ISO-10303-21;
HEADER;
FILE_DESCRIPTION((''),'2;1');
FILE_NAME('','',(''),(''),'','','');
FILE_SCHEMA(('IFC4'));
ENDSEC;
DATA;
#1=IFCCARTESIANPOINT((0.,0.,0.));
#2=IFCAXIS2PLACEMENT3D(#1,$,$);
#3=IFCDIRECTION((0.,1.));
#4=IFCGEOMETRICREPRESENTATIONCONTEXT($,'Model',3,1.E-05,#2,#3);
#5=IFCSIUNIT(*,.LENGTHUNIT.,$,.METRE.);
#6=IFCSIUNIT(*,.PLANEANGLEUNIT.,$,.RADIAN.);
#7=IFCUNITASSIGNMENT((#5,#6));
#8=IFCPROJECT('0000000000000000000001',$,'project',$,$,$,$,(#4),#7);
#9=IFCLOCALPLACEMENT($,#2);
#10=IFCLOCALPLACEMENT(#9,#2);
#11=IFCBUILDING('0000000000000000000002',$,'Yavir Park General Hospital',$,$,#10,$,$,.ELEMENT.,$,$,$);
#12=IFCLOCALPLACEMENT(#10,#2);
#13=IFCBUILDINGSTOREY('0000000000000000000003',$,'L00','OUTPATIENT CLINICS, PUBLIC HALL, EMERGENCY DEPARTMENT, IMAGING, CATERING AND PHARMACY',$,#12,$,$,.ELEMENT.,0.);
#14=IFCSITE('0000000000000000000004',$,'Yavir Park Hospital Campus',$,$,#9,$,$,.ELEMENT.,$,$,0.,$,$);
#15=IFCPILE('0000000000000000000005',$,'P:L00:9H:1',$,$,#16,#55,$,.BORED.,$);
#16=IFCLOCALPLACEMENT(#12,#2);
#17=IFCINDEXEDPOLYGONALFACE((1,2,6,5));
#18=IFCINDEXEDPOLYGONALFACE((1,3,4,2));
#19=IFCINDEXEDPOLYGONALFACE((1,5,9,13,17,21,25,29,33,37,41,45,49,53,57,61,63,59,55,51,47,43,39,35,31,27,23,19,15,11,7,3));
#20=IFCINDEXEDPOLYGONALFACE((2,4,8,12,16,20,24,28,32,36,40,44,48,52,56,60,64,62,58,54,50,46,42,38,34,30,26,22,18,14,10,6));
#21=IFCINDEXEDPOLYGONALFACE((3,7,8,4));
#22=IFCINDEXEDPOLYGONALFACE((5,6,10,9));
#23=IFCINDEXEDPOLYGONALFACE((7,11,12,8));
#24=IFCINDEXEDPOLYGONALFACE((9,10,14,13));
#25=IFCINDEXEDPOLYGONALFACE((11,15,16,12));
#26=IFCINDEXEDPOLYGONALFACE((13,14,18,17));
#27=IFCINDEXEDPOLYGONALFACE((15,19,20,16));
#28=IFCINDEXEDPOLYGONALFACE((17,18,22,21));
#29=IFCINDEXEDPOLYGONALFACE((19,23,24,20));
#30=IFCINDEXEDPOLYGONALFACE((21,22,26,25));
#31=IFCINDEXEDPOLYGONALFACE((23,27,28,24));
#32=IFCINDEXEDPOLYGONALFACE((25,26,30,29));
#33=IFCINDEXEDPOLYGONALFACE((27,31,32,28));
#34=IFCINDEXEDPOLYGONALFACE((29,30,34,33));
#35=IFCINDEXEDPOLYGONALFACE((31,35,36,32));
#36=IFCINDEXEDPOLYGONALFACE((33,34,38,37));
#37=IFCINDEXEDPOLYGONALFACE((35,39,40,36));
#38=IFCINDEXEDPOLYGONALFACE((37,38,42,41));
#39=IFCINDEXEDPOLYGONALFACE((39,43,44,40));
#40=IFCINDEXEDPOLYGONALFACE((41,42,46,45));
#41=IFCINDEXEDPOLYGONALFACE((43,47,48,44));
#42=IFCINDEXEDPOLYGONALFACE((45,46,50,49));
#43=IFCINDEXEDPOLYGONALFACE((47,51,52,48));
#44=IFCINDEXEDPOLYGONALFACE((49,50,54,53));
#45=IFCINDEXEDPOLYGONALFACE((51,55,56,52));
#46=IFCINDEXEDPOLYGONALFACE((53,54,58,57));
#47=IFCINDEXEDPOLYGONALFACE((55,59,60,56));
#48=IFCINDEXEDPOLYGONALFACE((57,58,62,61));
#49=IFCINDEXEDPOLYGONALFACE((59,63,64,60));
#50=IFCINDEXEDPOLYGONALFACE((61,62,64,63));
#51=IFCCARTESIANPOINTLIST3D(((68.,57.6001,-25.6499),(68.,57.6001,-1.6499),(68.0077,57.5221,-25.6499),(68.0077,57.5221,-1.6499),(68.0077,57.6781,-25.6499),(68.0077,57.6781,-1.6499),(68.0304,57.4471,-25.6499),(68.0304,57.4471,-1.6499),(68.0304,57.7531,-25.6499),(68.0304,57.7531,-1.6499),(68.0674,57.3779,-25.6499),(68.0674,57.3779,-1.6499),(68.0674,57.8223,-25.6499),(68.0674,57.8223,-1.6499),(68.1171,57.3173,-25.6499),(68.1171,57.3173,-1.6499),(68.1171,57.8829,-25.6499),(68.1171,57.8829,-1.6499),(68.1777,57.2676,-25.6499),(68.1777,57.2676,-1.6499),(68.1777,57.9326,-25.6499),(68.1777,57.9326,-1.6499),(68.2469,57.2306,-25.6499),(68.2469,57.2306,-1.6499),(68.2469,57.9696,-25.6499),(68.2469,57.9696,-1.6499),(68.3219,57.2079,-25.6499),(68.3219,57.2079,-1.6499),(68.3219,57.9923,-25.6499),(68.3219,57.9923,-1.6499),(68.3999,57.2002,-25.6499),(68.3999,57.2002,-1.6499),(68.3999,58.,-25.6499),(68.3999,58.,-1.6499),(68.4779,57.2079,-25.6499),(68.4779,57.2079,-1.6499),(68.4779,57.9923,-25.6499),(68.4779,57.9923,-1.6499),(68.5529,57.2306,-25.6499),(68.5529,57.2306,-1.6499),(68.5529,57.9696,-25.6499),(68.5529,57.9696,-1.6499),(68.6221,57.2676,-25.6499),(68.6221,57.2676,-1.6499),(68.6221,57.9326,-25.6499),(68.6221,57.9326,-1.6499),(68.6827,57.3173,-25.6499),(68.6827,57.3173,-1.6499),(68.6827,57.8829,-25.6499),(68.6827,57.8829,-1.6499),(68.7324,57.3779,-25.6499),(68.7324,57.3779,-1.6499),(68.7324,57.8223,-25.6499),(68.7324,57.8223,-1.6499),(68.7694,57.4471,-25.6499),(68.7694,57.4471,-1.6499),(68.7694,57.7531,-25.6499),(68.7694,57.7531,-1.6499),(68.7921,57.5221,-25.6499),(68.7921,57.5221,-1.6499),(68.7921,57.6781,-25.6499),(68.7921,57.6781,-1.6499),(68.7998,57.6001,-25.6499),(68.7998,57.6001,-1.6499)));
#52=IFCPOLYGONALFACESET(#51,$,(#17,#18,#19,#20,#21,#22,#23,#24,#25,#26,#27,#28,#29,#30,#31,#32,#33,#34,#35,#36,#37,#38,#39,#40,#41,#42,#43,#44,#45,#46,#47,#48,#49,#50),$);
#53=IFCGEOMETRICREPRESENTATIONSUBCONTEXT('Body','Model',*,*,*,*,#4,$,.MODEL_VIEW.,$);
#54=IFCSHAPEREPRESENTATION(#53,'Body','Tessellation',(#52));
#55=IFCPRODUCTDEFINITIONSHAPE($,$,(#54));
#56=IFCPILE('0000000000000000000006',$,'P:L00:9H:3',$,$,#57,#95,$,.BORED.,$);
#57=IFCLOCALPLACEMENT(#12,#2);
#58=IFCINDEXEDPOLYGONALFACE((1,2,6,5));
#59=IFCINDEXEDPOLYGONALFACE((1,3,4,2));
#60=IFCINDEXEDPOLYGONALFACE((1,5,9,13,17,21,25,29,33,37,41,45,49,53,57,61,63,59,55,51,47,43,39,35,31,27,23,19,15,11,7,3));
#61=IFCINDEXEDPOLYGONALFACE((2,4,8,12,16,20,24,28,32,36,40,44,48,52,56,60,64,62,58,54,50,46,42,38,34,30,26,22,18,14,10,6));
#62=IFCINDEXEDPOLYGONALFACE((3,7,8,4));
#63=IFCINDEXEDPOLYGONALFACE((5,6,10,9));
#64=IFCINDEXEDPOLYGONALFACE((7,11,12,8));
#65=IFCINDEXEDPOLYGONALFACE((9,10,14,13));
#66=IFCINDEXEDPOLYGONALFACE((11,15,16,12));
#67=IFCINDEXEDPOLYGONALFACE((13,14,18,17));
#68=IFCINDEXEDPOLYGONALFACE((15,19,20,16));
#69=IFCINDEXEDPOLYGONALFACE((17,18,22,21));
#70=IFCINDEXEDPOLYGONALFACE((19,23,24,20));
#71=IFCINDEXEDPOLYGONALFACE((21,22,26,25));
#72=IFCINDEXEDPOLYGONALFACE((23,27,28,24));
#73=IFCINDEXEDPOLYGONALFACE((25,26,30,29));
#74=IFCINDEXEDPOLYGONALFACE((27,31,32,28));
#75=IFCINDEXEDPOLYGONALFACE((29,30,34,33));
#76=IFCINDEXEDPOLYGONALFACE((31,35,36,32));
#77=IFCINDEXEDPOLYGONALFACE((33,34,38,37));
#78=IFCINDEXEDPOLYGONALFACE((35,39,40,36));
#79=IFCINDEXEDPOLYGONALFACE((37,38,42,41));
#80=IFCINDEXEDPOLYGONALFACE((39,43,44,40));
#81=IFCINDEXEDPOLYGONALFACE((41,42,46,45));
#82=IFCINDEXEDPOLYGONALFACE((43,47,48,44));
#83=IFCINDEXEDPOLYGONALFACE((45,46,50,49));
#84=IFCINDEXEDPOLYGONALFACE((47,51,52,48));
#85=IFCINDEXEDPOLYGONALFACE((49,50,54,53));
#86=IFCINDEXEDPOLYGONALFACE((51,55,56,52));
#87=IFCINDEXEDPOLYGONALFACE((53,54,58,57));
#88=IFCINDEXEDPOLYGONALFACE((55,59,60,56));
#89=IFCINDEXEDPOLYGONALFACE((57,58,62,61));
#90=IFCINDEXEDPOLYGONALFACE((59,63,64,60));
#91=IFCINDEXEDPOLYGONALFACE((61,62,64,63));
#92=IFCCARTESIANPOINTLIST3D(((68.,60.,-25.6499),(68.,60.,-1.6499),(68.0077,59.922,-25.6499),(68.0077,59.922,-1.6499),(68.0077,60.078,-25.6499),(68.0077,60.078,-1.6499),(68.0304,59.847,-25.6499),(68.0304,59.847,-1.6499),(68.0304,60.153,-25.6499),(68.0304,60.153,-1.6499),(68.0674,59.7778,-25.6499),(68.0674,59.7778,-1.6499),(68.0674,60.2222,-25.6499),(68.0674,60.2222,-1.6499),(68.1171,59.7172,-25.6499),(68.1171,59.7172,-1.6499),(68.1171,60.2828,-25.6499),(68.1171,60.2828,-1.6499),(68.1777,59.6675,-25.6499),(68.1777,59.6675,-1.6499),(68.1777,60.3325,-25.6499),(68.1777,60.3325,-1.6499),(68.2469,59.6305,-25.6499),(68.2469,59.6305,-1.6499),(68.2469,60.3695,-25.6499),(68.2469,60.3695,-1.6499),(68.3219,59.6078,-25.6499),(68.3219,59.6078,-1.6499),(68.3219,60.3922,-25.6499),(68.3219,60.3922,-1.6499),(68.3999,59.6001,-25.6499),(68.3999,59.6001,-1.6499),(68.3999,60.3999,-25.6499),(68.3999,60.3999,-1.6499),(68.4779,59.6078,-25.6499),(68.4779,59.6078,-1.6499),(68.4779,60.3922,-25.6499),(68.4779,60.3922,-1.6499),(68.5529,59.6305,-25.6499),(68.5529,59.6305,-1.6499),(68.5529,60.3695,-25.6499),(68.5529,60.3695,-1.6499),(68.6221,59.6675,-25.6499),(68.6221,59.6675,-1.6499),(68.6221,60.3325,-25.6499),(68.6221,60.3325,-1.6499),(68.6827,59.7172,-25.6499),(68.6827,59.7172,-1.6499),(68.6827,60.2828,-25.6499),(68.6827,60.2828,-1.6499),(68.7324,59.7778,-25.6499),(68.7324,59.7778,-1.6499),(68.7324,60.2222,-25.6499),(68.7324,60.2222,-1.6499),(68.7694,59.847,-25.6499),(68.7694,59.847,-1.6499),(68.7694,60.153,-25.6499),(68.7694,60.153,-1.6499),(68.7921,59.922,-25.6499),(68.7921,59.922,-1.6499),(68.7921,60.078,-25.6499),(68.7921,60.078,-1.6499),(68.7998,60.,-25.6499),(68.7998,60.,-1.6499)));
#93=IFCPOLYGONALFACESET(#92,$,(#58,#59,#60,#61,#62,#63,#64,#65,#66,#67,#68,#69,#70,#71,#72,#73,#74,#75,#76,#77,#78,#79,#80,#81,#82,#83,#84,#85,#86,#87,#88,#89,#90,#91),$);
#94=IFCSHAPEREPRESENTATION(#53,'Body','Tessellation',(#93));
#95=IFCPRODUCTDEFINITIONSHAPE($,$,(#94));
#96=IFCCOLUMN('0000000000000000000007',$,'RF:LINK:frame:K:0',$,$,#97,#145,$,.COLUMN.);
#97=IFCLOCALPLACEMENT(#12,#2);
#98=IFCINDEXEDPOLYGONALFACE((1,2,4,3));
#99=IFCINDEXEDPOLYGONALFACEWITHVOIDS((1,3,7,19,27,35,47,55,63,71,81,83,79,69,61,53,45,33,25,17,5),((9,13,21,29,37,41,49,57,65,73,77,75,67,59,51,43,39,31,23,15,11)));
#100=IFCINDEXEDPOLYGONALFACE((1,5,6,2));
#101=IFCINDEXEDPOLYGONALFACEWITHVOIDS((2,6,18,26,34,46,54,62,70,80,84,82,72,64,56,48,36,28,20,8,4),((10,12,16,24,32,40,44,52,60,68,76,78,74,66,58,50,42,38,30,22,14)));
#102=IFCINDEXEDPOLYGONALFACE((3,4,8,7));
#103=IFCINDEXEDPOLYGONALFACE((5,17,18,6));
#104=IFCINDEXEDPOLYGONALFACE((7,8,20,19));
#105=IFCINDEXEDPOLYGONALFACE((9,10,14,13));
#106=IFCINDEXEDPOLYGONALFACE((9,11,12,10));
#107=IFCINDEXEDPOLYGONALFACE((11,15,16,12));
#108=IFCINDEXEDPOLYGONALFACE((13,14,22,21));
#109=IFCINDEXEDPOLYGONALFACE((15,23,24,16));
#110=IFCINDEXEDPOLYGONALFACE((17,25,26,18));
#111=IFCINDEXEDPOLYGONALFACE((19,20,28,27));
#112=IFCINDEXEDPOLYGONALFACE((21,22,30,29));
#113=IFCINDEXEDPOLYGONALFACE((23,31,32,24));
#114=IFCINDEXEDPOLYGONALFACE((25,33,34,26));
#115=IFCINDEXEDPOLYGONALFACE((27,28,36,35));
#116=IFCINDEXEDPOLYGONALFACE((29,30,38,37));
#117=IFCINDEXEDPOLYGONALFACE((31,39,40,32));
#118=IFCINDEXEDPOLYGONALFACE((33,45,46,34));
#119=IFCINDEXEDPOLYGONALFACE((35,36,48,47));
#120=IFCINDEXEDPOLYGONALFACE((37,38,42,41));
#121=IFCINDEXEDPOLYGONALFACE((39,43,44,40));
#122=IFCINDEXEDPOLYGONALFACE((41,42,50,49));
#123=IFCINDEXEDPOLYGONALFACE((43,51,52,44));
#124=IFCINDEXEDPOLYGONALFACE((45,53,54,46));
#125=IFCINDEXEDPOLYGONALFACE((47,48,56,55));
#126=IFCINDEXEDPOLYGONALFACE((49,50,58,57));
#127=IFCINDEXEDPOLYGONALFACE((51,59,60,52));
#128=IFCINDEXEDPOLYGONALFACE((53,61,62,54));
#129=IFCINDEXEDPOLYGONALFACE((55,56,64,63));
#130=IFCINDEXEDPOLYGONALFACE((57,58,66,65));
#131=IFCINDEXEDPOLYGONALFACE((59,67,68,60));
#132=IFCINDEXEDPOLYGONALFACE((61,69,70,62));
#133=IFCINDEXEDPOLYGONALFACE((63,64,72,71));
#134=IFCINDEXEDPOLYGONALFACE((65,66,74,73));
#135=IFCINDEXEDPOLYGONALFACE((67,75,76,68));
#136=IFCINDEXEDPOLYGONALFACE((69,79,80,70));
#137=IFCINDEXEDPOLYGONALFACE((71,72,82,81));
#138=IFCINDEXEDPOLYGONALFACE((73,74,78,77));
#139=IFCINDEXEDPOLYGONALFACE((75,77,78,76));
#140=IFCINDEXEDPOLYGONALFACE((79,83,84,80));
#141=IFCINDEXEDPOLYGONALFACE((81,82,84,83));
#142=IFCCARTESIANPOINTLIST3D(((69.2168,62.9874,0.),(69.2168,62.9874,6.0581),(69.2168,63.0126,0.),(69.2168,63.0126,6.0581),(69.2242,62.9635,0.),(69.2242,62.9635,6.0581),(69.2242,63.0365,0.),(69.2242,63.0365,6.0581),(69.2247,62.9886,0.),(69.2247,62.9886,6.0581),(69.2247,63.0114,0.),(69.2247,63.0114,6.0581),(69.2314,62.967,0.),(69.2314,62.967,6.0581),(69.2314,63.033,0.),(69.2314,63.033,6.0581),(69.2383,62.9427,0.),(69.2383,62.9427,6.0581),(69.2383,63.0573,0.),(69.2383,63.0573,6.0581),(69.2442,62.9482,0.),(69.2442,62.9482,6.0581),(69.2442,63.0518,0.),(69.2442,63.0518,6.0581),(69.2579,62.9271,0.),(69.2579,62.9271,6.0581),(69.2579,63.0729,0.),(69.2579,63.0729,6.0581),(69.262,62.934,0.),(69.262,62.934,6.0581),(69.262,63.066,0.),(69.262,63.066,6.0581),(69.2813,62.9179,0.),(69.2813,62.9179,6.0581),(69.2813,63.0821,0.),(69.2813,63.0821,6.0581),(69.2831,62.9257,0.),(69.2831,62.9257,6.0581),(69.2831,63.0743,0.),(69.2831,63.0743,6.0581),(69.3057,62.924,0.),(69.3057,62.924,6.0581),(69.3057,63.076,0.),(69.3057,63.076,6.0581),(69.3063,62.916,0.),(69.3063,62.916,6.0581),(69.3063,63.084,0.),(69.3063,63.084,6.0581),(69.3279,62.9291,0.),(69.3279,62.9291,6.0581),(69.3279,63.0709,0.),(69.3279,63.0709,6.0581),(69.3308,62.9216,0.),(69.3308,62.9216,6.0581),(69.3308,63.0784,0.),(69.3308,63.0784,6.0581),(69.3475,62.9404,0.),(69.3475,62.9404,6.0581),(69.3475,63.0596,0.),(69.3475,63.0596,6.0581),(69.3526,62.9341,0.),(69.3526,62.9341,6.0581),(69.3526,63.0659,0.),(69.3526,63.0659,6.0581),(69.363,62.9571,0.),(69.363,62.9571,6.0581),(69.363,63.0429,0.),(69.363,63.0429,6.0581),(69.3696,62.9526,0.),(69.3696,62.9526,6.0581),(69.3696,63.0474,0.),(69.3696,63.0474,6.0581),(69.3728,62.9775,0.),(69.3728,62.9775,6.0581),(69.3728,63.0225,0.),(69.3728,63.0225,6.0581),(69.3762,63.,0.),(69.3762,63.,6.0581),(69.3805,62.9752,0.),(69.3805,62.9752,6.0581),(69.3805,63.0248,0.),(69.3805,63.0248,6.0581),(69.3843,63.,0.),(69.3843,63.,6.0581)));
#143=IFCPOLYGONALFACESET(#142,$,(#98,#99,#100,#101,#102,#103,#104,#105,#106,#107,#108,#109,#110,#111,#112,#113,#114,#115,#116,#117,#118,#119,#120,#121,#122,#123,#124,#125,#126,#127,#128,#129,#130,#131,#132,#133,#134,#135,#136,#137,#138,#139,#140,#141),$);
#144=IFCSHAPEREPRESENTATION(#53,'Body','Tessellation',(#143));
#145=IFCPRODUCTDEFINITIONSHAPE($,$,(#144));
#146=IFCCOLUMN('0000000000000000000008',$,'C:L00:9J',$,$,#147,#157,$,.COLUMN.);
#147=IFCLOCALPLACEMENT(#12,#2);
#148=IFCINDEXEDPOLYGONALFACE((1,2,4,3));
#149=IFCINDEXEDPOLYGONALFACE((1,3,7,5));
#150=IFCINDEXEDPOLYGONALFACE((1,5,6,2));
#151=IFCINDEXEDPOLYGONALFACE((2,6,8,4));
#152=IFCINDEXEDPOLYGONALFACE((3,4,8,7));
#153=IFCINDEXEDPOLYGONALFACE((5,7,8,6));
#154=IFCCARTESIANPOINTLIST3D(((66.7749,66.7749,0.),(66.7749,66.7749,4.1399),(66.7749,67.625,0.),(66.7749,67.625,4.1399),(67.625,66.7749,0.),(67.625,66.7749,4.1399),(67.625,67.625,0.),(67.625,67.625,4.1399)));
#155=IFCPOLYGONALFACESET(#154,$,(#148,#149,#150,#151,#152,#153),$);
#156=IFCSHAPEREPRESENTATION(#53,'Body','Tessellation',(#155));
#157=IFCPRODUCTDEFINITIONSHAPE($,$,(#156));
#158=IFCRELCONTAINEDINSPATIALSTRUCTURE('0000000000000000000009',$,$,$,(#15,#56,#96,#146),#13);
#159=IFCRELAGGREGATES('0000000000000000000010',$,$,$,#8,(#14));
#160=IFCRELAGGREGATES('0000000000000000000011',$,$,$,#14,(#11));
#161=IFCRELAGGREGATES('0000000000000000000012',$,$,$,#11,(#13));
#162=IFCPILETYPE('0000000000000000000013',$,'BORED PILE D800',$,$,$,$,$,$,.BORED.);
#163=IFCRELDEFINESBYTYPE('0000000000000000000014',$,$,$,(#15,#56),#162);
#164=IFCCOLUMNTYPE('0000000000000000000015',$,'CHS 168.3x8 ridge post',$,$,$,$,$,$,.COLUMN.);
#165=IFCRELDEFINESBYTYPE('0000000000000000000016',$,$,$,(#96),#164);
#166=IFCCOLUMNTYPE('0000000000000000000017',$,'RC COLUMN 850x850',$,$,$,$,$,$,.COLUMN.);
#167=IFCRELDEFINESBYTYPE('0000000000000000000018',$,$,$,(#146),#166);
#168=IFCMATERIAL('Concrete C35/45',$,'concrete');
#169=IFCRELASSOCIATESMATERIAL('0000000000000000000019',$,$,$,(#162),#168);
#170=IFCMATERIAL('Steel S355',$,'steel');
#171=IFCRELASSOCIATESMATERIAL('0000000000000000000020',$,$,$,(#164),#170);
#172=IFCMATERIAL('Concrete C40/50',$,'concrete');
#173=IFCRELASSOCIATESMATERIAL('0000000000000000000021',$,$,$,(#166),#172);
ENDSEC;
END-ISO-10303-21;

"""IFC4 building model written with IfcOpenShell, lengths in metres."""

from ifc_helpers import new_model, si_unit, direction, frame, origin, origin_2d, place, context, subcontext, project, spatial, rectangle, circle, hollow_circle, extrude, material, material_profile, profile_set, type_object, element, save


model = new_model("IFC4")

# Units and contexts
model_context = context("Model", 3, precision=1e-05, world=origin(), true_north=direction((0.0, 1.0)))
body_context = subcontext(model_context, "Body", "Model", "MODEL_VIEW")
ifc_project = project(units=[si_unit("LENGTHUNIT", "METRE"), si_unit("PLANEANGLEUNIT", "RADIAN")], contexts=[model_context])

# Site, building, storey
site_placement = place(None, origin())
site = spatial("IfcSite", under=ifc_project, at=site_placement, Name="Yavir Park Hospital Campus", CompositionType="ELEMENT", RefElevation=0.0)
building_placement = place(site_placement, origin())
building = spatial("IfcBuilding", under=site, at=building_placement, Name="Yavir Park General Hospital", CompositionType="ELEMENT")
storey_placement = place(building_placement, origin())
storey = spatial("IfcBuildingStorey", under=building, at=storey_placement, Name="L00", Description="OUTPATIENT CLINICS, PUBLIC HALL, EMERGENCY DEPARTMENT, IMAGING, CATERING AND PHARMACY", CompositionType="ELEMENT", Elevation=0.0)

# Piles
ifc_material_1 = material(Name="Concrete C35/45", Category="concrete")
ifc_material_profile_1 = material_profile(ifc_material_1, circle(Radius=0.3999, at=origin_2d()), Name="D800")
ifc_profile_set_1 = profile_set([ifc_material_profile_1], Name="Concrete C35/45")
pile_type = type_object("IfcPileType", Name="BORED PILE D800", PredefinedType="BORED", material=ifc_profile_set_1)
for number, where, z_axis, x_axis, name in (
    (1, (68.3999, 57.6001, -1.6499), (0.0, 0.0, -1.0), (1.0, 0.0, 0.0), "P:L00:9H:1"),
    (2, (68.3999, 60.0, -1.6499), (0.0, 0.0, -1.0), (1.0, 0.0, 0.0), "P:L00:9H:3"),
):
    element("IfcPile", number, at=place(storey_placement, frame(where, z_axis=z_axis, x_axis=x_axis)), inside=storey, type_object=pile_type, Name=name, PredefinedType="BORED", context=body_context, shape_type="SweptSolid", body=[
        extrude(circle(Radius=0.3999, at=origin_2d()), origin(), (0.0, 0.0, 1.0), 24.0),
    ])

# Columns
ifc_material_2 = material(Name="Steel S355", Category="steel")
ifc_material_profile_2 = material_profile(ifc_material_2, hollow_circle(Radius=0.0842, WallThickness=0.0081, at=origin_2d()), Name="CHS168.3x8")
ifc_profile_set_2 = profile_set([ifc_material_profile_2], Name="Steel S355")
column_type_1 = type_object("IfcColumnType", Name="CHS 168.3x8 ridge post", PredefinedType="COLUMN", material=ifc_profile_set_2)
column_1_placement = place(storey_placement, frame((69.3, 63.0, 0.0), z_axis=(0.0, 0.0, 1.0), x_axis=(1.0, 0.0, 0.0)))
element("IfcColumn", 3, at=column_1_placement, inside=storey, type_object=column_type_1, Name="RF:LINK:frame:K:0", PredefinedType="COLUMN", context=body_context, shape_type="SweptSolid", body=[
    extrude(hollow_circle(Radius=0.0842, WallThickness=0.0081, at=origin_2d()), origin(), (0.0, 0.0, 1.0), 6.0581),
])
ifc_material_3 = material(Name="Concrete C40/50", Category="concrete")
ifc_material_profile_3 = material_profile(ifc_material_3, rectangle(XDim=0.8501, YDim=0.8501, at=origin_2d()), Name="RC850x850")
ifc_profile_set_3 = profile_set([ifc_material_profile_3], Name="Concrete C40/50")
column_type_2 = type_object("IfcColumnType", Name="RC COLUMN 850x850", PredefinedType="COLUMN", material=ifc_profile_set_3)
column_2_placement = place(storey_placement, frame((67.2, 67.2, 0.0), z_axis=(0.0, 0.0, 1.0), x_axis=(1.0, 0.0, 0.0)))
element("IfcColumn", 4, at=column_2_placement, inside=storey, type_object=column_type_2, Name="C:L00:9J", PredefinedType="COLUMN", context=body_context, shape_type="SweptSolid", body=[
    extrude(rectangle(XDim=0.8501, YDim=0.8501, at=origin_2d()), origin(), (0.0, 0.0, 1.0), 4.1399),
])

save(model, "model.ifc")
